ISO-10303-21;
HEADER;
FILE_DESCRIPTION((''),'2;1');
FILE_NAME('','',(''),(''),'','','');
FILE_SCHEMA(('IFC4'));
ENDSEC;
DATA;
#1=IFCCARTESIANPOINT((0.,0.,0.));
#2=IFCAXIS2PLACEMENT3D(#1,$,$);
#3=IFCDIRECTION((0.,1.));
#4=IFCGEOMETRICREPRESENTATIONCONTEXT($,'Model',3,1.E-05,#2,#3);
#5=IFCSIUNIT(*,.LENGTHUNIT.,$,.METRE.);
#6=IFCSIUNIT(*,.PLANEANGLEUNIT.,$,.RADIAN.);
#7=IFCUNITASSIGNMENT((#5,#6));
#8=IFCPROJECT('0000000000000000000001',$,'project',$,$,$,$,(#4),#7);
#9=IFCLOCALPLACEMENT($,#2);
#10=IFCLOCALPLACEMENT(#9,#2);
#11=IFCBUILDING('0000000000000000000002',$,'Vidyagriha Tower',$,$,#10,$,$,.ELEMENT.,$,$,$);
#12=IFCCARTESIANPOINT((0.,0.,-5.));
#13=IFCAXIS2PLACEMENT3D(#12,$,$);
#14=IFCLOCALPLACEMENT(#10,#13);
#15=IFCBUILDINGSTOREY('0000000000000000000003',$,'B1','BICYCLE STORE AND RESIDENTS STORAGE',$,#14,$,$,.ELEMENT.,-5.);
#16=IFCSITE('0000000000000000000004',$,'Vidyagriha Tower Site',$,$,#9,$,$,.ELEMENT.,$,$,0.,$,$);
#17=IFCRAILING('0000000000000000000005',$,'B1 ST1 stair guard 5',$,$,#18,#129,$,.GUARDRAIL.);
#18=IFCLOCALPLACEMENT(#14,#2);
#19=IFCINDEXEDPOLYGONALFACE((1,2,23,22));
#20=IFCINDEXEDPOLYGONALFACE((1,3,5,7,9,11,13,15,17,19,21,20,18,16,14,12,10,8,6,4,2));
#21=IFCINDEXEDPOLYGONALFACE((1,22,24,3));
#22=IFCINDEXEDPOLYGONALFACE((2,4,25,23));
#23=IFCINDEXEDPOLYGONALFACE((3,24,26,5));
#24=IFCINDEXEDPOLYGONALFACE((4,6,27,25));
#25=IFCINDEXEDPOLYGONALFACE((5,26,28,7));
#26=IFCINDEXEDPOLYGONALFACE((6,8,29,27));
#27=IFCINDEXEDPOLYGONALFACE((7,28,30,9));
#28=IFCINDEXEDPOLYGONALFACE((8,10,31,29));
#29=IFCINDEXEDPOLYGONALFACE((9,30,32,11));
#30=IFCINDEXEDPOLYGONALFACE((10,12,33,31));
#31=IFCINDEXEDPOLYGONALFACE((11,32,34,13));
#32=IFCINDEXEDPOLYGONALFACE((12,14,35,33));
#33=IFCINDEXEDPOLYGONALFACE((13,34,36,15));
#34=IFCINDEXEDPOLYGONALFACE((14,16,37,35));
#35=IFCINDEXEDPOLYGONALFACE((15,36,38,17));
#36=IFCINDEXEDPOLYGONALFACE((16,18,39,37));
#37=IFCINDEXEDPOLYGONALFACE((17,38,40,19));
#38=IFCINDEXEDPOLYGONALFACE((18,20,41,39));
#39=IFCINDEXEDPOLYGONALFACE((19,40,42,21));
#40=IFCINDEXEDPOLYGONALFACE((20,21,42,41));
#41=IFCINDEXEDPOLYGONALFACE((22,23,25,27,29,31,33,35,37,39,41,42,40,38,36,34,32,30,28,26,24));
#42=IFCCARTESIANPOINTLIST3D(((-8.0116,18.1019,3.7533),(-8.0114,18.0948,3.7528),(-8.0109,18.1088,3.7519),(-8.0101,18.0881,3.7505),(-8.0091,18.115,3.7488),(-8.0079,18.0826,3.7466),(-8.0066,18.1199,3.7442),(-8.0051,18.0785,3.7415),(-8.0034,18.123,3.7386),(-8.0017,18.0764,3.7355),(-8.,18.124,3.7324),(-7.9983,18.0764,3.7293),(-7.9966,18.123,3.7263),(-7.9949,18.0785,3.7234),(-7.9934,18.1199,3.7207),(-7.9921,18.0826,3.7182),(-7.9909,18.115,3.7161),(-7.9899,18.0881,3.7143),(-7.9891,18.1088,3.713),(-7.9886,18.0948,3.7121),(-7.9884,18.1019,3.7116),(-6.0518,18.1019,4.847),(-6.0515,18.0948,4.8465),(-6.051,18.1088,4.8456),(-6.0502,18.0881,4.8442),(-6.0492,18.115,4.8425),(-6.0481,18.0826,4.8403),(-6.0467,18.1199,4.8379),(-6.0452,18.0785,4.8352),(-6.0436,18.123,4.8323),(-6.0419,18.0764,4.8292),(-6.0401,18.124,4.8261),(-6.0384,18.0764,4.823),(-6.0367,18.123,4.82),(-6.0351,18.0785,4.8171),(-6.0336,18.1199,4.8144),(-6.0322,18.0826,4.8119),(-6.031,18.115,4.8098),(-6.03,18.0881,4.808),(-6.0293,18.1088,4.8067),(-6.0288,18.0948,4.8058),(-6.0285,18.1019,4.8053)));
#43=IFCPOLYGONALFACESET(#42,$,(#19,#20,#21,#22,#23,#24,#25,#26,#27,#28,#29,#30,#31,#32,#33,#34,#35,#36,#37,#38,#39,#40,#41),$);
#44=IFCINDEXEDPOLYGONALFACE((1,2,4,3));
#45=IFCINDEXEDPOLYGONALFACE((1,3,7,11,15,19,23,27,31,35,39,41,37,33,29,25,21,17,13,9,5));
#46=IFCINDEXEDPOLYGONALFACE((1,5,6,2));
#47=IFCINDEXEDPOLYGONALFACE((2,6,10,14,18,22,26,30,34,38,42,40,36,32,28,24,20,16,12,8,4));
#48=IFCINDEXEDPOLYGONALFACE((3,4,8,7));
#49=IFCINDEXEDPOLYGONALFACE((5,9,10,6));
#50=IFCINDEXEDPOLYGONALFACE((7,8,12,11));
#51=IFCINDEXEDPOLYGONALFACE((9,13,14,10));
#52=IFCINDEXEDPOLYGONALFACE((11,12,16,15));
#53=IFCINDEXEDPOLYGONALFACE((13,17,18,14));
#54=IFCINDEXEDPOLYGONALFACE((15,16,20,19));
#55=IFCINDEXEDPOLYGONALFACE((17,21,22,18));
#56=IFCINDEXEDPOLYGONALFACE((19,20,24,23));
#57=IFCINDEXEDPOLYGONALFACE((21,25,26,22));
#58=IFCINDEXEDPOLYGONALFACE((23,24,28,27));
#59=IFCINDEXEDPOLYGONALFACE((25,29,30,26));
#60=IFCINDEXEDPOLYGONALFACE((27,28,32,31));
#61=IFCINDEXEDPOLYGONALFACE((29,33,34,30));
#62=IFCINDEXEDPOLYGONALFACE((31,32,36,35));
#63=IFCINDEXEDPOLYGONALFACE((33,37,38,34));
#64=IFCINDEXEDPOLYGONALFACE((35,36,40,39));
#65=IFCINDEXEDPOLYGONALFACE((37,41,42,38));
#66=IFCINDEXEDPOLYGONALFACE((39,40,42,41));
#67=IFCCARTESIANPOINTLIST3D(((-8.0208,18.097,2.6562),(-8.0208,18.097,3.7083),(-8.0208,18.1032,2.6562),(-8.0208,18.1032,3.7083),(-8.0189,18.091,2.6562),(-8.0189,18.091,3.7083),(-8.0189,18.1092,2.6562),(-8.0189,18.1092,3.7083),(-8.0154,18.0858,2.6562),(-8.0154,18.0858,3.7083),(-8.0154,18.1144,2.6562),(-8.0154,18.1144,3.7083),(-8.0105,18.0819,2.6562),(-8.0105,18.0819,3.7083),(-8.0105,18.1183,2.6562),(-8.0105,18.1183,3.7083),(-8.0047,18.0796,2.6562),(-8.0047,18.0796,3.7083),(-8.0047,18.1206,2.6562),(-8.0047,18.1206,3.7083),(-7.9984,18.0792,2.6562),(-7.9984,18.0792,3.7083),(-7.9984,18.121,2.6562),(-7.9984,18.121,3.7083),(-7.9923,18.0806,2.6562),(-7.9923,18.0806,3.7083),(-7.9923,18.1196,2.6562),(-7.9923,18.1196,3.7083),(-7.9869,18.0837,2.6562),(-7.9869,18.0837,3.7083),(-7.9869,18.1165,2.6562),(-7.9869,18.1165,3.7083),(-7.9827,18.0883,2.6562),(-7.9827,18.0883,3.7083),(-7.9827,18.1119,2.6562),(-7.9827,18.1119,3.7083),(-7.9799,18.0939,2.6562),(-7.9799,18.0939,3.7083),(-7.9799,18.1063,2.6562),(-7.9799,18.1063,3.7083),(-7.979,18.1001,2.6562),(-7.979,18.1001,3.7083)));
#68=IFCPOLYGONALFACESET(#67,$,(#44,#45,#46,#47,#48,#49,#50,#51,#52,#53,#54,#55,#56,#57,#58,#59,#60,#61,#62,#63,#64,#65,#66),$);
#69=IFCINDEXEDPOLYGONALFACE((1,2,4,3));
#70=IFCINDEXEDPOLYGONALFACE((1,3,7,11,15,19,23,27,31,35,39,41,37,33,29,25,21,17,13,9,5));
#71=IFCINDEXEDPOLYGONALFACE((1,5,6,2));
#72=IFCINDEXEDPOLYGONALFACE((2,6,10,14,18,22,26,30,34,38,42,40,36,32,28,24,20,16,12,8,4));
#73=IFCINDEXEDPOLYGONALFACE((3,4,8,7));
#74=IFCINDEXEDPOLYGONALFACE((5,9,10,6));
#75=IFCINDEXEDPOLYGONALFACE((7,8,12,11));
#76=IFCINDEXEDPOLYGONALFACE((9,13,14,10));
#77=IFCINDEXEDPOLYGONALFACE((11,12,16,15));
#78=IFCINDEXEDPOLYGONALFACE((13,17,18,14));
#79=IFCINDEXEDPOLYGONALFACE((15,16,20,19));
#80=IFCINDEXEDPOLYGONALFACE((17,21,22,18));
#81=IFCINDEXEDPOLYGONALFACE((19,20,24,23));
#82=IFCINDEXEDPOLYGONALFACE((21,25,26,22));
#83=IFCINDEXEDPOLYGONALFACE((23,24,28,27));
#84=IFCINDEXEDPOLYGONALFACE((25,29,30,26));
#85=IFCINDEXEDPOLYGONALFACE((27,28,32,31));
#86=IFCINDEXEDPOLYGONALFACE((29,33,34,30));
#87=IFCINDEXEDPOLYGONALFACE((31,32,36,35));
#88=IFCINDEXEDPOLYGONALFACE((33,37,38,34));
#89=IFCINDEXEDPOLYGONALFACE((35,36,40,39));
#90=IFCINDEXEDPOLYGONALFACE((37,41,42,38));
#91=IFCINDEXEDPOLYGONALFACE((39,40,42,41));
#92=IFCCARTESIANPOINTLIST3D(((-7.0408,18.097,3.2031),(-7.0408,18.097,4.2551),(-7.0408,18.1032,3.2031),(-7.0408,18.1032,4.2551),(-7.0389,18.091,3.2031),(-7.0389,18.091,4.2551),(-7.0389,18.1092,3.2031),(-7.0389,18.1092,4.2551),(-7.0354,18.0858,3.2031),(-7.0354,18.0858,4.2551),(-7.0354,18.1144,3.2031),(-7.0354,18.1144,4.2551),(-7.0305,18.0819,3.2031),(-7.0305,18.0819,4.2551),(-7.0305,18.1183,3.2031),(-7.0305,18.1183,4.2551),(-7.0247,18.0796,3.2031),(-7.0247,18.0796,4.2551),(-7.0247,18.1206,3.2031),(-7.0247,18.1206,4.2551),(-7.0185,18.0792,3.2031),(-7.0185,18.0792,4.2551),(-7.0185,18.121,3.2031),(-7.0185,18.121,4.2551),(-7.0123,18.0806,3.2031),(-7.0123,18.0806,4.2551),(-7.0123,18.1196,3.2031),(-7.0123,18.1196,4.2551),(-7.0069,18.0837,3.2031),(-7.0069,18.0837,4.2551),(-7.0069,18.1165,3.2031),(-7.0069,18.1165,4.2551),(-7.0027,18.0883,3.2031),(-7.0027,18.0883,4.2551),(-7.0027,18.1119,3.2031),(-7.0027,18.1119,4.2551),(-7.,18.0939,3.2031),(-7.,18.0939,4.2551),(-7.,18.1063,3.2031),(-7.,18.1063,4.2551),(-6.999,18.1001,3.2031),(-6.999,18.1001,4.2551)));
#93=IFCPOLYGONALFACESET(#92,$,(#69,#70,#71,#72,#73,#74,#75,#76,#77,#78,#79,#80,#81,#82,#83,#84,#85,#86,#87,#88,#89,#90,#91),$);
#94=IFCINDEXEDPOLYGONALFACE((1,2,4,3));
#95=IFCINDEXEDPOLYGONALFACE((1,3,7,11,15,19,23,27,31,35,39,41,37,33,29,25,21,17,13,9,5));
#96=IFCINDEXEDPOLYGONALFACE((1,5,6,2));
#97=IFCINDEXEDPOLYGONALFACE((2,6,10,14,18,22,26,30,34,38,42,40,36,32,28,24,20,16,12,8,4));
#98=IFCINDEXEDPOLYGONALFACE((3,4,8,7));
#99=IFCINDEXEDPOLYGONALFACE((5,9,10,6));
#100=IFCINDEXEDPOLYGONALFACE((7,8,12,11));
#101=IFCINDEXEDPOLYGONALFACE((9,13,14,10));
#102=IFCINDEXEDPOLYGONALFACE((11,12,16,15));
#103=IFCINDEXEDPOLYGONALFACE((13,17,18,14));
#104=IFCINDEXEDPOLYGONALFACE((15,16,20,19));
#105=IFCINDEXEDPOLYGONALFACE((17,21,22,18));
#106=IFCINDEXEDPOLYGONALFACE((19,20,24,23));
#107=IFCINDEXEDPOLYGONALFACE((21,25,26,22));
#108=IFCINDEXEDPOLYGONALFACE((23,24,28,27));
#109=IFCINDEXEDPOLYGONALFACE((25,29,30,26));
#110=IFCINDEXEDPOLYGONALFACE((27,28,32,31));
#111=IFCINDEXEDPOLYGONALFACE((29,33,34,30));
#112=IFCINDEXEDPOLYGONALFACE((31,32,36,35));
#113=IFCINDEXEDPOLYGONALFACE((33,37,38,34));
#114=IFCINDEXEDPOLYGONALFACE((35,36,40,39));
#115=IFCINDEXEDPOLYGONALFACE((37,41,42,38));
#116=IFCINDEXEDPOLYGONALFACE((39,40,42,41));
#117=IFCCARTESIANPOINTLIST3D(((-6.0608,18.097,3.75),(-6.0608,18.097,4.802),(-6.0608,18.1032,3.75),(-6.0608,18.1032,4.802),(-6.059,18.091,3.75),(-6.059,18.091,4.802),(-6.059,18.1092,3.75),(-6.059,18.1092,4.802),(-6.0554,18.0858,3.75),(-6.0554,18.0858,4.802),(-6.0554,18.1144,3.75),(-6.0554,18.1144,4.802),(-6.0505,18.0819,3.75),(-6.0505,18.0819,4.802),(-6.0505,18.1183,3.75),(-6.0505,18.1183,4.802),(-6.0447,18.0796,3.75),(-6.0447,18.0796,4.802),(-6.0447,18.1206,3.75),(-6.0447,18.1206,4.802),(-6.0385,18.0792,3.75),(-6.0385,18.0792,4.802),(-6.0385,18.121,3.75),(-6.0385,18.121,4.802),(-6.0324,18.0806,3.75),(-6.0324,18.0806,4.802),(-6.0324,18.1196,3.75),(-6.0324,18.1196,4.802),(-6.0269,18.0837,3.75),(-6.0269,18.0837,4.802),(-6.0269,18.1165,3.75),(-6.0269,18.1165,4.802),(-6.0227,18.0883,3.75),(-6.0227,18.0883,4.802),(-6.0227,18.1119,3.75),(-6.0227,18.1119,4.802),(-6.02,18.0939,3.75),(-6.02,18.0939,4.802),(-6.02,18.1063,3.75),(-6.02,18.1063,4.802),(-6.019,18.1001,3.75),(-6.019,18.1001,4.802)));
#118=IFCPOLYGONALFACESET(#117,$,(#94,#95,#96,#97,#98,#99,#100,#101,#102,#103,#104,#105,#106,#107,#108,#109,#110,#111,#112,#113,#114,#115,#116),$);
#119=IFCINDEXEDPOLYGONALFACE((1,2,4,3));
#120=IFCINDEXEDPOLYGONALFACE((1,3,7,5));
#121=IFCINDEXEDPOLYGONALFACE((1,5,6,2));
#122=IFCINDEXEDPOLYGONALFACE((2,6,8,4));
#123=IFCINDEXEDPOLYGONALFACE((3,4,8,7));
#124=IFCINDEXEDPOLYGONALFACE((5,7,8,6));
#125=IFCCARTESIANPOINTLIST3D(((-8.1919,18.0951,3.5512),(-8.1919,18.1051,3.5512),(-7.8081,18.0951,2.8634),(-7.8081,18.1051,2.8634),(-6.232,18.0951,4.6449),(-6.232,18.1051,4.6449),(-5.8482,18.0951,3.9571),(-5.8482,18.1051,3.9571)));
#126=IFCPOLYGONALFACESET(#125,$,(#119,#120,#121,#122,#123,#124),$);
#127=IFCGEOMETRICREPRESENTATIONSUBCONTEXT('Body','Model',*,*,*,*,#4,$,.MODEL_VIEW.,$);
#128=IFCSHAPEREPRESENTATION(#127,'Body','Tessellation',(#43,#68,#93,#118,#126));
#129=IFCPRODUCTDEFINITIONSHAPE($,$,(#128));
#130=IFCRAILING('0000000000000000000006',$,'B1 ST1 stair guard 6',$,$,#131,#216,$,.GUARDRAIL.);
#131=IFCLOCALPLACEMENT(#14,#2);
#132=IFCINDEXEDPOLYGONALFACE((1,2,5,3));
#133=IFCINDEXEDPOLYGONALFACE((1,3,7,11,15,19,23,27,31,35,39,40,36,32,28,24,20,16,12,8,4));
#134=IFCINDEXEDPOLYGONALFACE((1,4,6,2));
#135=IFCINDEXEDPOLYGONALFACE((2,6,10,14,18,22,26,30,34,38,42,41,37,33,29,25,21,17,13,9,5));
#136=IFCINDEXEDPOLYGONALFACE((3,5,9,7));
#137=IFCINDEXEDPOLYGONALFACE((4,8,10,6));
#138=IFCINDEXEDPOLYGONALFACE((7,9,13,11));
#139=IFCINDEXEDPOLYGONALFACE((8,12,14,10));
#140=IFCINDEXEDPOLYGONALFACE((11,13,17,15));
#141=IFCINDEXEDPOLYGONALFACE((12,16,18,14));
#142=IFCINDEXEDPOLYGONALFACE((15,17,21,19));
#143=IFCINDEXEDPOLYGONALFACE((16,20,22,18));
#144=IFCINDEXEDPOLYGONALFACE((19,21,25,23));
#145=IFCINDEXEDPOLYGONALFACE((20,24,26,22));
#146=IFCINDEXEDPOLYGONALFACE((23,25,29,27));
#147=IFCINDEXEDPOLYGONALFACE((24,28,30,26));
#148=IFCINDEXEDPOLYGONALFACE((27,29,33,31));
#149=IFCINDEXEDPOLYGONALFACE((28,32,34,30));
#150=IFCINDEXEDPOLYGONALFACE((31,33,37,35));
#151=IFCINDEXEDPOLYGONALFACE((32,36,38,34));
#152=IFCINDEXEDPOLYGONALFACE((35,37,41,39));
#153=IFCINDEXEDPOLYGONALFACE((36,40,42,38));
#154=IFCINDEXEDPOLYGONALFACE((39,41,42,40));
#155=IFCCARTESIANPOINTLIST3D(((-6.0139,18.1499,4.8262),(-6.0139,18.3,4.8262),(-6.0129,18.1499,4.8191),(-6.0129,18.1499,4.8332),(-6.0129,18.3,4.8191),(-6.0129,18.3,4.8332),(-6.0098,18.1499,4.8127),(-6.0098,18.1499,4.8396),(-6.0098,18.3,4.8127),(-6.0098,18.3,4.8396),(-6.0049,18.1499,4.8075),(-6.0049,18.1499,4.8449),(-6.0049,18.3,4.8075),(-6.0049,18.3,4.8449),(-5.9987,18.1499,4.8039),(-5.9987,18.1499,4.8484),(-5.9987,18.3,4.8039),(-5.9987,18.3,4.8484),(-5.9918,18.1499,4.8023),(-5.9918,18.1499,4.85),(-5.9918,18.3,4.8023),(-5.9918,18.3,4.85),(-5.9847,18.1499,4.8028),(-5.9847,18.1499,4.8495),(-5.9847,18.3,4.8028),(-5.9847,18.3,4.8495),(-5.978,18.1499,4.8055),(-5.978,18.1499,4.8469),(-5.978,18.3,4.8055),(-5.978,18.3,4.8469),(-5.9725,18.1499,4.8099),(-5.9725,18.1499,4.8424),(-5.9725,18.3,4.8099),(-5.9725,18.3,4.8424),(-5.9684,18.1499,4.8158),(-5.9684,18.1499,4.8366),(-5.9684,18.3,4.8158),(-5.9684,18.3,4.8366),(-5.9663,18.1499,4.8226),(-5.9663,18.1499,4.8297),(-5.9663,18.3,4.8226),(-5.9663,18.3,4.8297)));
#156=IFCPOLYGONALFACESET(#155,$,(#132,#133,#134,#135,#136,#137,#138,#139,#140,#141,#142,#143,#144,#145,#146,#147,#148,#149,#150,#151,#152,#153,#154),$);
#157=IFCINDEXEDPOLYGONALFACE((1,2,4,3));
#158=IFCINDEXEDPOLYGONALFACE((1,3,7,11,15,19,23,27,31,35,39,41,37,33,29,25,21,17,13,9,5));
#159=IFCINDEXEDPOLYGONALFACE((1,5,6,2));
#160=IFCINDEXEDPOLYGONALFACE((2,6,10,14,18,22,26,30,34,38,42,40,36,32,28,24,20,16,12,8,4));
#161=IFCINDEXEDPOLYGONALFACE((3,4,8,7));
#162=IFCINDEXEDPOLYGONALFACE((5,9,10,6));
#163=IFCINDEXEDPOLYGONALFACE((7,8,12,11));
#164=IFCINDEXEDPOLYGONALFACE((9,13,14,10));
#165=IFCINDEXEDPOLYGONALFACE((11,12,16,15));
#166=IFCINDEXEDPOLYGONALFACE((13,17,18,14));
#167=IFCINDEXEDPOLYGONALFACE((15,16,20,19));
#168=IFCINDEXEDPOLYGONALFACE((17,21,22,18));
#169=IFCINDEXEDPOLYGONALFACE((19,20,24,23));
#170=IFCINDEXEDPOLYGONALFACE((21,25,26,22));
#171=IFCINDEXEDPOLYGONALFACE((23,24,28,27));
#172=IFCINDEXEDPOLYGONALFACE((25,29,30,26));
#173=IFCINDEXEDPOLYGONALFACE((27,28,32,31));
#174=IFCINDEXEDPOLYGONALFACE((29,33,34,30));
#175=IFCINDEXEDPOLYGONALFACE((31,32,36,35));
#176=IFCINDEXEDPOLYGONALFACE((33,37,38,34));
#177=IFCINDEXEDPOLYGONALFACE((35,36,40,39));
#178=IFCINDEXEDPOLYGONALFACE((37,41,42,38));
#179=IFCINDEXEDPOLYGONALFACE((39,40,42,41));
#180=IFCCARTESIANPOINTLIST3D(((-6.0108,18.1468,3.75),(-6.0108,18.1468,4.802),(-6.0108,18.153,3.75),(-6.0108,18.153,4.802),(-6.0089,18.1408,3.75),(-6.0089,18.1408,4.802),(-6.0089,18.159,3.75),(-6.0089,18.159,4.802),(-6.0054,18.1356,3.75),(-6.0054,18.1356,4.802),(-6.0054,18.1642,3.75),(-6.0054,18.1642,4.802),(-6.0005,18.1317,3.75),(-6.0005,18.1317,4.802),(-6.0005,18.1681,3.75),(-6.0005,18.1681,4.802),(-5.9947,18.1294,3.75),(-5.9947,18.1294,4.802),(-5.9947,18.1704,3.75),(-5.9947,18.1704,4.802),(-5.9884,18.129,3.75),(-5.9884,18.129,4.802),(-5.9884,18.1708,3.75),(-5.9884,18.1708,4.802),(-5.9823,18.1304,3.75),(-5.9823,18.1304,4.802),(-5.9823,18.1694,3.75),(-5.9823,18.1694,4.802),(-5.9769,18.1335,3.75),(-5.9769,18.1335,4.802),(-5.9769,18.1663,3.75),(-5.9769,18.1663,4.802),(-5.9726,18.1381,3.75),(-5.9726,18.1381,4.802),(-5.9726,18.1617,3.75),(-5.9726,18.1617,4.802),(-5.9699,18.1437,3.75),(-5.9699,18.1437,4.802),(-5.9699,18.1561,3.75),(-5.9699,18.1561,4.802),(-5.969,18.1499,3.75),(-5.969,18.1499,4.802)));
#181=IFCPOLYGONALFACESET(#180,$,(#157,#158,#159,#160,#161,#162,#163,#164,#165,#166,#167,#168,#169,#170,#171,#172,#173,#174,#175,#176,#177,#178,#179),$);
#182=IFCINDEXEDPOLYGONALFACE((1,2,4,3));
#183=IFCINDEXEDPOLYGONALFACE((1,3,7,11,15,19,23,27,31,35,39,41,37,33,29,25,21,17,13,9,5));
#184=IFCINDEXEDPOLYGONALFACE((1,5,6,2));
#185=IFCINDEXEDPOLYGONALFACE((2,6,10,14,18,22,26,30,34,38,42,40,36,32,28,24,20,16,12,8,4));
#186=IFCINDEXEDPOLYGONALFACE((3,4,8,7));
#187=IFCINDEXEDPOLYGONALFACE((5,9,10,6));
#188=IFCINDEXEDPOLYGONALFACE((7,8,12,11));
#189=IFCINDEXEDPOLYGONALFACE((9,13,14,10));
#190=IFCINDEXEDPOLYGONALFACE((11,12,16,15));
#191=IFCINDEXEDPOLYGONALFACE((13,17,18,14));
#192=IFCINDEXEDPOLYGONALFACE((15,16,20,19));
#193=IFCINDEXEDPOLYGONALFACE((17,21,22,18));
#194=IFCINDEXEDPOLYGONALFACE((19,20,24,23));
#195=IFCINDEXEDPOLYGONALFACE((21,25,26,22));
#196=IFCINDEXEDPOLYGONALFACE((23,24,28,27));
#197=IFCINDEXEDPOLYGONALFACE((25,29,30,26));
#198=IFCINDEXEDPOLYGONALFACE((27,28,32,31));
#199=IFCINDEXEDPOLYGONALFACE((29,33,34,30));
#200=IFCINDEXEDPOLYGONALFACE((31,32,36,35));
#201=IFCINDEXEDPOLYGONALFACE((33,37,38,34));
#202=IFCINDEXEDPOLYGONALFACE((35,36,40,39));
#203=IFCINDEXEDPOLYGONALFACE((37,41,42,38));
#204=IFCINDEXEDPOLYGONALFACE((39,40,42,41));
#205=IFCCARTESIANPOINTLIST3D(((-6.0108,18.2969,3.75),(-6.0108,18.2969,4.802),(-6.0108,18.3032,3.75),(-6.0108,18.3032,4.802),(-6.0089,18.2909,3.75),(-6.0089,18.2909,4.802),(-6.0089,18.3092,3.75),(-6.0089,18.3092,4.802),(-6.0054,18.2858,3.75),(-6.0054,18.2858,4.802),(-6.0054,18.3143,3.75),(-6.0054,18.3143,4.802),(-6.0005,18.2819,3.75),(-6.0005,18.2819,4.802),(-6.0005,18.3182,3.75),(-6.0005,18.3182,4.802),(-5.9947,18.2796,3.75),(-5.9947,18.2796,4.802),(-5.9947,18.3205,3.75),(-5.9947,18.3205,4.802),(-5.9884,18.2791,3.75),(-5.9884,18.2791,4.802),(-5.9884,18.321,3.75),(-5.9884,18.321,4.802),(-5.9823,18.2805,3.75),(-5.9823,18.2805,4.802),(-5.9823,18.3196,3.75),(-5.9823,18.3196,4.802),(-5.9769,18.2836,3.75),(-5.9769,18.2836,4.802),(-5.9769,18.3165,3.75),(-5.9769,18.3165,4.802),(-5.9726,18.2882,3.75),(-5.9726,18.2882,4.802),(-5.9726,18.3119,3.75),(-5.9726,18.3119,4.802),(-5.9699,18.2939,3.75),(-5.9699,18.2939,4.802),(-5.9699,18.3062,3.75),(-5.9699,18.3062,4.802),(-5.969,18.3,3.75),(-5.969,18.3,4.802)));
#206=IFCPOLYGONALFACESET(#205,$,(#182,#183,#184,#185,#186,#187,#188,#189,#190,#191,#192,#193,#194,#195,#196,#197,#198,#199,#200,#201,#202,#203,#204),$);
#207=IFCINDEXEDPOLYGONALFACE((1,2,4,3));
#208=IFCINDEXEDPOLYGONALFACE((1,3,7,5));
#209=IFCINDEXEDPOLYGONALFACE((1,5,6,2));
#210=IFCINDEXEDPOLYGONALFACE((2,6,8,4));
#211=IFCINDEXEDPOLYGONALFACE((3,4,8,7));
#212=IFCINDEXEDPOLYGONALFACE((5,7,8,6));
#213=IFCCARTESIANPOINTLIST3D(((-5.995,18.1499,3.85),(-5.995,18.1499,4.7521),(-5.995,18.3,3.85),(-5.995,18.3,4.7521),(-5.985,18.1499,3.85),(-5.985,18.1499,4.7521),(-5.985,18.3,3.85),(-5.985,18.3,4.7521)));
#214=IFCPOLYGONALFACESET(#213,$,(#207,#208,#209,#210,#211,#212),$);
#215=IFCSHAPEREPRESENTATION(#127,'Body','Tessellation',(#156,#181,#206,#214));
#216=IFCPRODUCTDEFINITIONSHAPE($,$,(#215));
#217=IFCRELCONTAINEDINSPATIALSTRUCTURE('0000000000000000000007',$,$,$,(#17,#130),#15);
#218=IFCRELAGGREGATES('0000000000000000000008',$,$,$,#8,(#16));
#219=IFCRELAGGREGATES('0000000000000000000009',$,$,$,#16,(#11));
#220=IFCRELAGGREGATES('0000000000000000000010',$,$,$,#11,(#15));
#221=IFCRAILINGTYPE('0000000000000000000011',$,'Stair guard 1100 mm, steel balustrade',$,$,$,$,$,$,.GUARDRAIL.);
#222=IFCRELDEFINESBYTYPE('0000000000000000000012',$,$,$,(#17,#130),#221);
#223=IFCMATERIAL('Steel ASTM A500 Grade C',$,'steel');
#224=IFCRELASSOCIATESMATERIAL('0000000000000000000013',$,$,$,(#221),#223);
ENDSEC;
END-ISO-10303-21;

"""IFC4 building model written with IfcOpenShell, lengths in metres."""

from ifc_helpers import new_model, si_unit, direction, frame, origin, origin_2d, place, context, subcontext, project, spatial, rectangle, circle, extrude, material, type_object, element, save


model = new_model("IFC4")

# Units and contexts
model_context = context("Model", 3, precision=1e-05, world=origin(), true_north=direction((0.0, 1.0)))
body_context = subcontext(model_context, "Body", "Model", "MODEL_VIEW")
ifc_project = project(units=[si_unit("LENGTHUNIT", "METRE"), si_unit("PLANEANGLEUNIT", "RADIAN")], contexts=[model_context])

# Site, building, storey
site_placement = place(None, origin())
site = spatial("IfcSite", under=ifc_project, at=site_placement, Name="Vidyagriha Tower Site", CompositionType="ELEMENT", RefElevation=0.0)
building_placement = place(site_placement, origin())
building = spatial("IfcBuilding", under=site, at=building_placement, Name="Vidyagriha Tower", CompositionType="ELEMENT")
storey_placement = place(building_placement, frame((0.0, 0.0, -5.0)))
storey = spatial("IfcBuildingStorey", under=building, at=storey_placement, Name="B1", Description="BICYCLE STORE AND RESIDENTS STORAGE", CompositionType="ELEMENT", Elevation=-5.0)

# Railings
ifc_material_1 = material(Name="Steel ASTM A500 Grade C", Category="steel")
railing_type_1 = type_object("IfcRailingType", Name="Stair guard 1100 mm, steel balustrade", PredefinedType="GUARDRAIL", material=ifc_material_1)
railing_1_placement = place(storey_placement, frame((-8.0, 18.1001, 2.6562)))
element("IfcRailing", 1, at=railing_1_placement, inside=storey, type_object=railing_type_1, Name="B1 ST1 stair guard 5", PredefinedType="GUARDRAIL", context=body_context, shape_type="SweptSolid", body=[
    extrude(circle(Radius=0.0239, at=origin_2d()), frame((0.0, 0.0, 1.0762), z_axis=(0.873232, 0.0, 0.487304), x_axis=(0.0, 1.0, 0.0)), (0.0, 0.0, 1.0), 2.2444),
    extrude(circle(Radius=0.021, at=origin_2d()), origin(), (0.0, 0.0, 1.0), 1.052),
    extrude(circle(Radius=0.021, at=origin_2d()), frame((0.98, 0.0, 0.5469)), (0.0, 0.0, 1.0), 1.052),
    extrude(circle(Radius=0.021, at=origin_2d()), frame((1.96, 0.0, 1.0938)), (0.0, 0.0, 1.0), 1.052),
    extrude(rectangle(XDim=0.01, YDim=0.7876, at=origin_2d()), frame((0.0, 0.0, 0.551), z_axis=(0.873232, 0.0, 0.487304), x_axis=(0.0, 1.0, 0.0)), (0.0, 0.0, 1.0), 2.2444),
])
railing_2_placement = place(storey_placement, frame((-5.99, 18.1499, 3.75)))
element("IfcRailing", 2, at=railing_2_placement, inside=storey, type_object=railing_type_1, Name="B1 ST1 stair guard 6", PredefinedType="GUARDRAIL", context=body_context, shape_type="SweptSolid", body=[
    extrude(circle(Radius=0.0239, at=origin_2d()), frame((0.0, 0.0, 1.0762), z_axis=(0.0, 1.0, 0.0), x_axis=(-1.0, 0.0, 0.0)), (0.0, 0.0, 1.0), 0.1501),
    extrude(circle(Radius=0.021, at=origin_2d()), origin(), (0.0, 0.0, 1.0), 1.052),
    extrude(circle(Radius=0.021, at=origin_2d()), frame((0.0, 0.1501, 0.0)), (0.0, 0.0, 1.0), 1.052),
    extrude(rectangle(XDim=0.01, YDim=0.9021, at=origin_2d()), frame((0.0, 0.0, 0.551), z_axis=(0.0, 1.0, 0.0), x_axis=(-1.0, 0.0, 0.0)), (0.0, 0.0, 1.0), 0.1501),
])

save(model, "model.ifc")
